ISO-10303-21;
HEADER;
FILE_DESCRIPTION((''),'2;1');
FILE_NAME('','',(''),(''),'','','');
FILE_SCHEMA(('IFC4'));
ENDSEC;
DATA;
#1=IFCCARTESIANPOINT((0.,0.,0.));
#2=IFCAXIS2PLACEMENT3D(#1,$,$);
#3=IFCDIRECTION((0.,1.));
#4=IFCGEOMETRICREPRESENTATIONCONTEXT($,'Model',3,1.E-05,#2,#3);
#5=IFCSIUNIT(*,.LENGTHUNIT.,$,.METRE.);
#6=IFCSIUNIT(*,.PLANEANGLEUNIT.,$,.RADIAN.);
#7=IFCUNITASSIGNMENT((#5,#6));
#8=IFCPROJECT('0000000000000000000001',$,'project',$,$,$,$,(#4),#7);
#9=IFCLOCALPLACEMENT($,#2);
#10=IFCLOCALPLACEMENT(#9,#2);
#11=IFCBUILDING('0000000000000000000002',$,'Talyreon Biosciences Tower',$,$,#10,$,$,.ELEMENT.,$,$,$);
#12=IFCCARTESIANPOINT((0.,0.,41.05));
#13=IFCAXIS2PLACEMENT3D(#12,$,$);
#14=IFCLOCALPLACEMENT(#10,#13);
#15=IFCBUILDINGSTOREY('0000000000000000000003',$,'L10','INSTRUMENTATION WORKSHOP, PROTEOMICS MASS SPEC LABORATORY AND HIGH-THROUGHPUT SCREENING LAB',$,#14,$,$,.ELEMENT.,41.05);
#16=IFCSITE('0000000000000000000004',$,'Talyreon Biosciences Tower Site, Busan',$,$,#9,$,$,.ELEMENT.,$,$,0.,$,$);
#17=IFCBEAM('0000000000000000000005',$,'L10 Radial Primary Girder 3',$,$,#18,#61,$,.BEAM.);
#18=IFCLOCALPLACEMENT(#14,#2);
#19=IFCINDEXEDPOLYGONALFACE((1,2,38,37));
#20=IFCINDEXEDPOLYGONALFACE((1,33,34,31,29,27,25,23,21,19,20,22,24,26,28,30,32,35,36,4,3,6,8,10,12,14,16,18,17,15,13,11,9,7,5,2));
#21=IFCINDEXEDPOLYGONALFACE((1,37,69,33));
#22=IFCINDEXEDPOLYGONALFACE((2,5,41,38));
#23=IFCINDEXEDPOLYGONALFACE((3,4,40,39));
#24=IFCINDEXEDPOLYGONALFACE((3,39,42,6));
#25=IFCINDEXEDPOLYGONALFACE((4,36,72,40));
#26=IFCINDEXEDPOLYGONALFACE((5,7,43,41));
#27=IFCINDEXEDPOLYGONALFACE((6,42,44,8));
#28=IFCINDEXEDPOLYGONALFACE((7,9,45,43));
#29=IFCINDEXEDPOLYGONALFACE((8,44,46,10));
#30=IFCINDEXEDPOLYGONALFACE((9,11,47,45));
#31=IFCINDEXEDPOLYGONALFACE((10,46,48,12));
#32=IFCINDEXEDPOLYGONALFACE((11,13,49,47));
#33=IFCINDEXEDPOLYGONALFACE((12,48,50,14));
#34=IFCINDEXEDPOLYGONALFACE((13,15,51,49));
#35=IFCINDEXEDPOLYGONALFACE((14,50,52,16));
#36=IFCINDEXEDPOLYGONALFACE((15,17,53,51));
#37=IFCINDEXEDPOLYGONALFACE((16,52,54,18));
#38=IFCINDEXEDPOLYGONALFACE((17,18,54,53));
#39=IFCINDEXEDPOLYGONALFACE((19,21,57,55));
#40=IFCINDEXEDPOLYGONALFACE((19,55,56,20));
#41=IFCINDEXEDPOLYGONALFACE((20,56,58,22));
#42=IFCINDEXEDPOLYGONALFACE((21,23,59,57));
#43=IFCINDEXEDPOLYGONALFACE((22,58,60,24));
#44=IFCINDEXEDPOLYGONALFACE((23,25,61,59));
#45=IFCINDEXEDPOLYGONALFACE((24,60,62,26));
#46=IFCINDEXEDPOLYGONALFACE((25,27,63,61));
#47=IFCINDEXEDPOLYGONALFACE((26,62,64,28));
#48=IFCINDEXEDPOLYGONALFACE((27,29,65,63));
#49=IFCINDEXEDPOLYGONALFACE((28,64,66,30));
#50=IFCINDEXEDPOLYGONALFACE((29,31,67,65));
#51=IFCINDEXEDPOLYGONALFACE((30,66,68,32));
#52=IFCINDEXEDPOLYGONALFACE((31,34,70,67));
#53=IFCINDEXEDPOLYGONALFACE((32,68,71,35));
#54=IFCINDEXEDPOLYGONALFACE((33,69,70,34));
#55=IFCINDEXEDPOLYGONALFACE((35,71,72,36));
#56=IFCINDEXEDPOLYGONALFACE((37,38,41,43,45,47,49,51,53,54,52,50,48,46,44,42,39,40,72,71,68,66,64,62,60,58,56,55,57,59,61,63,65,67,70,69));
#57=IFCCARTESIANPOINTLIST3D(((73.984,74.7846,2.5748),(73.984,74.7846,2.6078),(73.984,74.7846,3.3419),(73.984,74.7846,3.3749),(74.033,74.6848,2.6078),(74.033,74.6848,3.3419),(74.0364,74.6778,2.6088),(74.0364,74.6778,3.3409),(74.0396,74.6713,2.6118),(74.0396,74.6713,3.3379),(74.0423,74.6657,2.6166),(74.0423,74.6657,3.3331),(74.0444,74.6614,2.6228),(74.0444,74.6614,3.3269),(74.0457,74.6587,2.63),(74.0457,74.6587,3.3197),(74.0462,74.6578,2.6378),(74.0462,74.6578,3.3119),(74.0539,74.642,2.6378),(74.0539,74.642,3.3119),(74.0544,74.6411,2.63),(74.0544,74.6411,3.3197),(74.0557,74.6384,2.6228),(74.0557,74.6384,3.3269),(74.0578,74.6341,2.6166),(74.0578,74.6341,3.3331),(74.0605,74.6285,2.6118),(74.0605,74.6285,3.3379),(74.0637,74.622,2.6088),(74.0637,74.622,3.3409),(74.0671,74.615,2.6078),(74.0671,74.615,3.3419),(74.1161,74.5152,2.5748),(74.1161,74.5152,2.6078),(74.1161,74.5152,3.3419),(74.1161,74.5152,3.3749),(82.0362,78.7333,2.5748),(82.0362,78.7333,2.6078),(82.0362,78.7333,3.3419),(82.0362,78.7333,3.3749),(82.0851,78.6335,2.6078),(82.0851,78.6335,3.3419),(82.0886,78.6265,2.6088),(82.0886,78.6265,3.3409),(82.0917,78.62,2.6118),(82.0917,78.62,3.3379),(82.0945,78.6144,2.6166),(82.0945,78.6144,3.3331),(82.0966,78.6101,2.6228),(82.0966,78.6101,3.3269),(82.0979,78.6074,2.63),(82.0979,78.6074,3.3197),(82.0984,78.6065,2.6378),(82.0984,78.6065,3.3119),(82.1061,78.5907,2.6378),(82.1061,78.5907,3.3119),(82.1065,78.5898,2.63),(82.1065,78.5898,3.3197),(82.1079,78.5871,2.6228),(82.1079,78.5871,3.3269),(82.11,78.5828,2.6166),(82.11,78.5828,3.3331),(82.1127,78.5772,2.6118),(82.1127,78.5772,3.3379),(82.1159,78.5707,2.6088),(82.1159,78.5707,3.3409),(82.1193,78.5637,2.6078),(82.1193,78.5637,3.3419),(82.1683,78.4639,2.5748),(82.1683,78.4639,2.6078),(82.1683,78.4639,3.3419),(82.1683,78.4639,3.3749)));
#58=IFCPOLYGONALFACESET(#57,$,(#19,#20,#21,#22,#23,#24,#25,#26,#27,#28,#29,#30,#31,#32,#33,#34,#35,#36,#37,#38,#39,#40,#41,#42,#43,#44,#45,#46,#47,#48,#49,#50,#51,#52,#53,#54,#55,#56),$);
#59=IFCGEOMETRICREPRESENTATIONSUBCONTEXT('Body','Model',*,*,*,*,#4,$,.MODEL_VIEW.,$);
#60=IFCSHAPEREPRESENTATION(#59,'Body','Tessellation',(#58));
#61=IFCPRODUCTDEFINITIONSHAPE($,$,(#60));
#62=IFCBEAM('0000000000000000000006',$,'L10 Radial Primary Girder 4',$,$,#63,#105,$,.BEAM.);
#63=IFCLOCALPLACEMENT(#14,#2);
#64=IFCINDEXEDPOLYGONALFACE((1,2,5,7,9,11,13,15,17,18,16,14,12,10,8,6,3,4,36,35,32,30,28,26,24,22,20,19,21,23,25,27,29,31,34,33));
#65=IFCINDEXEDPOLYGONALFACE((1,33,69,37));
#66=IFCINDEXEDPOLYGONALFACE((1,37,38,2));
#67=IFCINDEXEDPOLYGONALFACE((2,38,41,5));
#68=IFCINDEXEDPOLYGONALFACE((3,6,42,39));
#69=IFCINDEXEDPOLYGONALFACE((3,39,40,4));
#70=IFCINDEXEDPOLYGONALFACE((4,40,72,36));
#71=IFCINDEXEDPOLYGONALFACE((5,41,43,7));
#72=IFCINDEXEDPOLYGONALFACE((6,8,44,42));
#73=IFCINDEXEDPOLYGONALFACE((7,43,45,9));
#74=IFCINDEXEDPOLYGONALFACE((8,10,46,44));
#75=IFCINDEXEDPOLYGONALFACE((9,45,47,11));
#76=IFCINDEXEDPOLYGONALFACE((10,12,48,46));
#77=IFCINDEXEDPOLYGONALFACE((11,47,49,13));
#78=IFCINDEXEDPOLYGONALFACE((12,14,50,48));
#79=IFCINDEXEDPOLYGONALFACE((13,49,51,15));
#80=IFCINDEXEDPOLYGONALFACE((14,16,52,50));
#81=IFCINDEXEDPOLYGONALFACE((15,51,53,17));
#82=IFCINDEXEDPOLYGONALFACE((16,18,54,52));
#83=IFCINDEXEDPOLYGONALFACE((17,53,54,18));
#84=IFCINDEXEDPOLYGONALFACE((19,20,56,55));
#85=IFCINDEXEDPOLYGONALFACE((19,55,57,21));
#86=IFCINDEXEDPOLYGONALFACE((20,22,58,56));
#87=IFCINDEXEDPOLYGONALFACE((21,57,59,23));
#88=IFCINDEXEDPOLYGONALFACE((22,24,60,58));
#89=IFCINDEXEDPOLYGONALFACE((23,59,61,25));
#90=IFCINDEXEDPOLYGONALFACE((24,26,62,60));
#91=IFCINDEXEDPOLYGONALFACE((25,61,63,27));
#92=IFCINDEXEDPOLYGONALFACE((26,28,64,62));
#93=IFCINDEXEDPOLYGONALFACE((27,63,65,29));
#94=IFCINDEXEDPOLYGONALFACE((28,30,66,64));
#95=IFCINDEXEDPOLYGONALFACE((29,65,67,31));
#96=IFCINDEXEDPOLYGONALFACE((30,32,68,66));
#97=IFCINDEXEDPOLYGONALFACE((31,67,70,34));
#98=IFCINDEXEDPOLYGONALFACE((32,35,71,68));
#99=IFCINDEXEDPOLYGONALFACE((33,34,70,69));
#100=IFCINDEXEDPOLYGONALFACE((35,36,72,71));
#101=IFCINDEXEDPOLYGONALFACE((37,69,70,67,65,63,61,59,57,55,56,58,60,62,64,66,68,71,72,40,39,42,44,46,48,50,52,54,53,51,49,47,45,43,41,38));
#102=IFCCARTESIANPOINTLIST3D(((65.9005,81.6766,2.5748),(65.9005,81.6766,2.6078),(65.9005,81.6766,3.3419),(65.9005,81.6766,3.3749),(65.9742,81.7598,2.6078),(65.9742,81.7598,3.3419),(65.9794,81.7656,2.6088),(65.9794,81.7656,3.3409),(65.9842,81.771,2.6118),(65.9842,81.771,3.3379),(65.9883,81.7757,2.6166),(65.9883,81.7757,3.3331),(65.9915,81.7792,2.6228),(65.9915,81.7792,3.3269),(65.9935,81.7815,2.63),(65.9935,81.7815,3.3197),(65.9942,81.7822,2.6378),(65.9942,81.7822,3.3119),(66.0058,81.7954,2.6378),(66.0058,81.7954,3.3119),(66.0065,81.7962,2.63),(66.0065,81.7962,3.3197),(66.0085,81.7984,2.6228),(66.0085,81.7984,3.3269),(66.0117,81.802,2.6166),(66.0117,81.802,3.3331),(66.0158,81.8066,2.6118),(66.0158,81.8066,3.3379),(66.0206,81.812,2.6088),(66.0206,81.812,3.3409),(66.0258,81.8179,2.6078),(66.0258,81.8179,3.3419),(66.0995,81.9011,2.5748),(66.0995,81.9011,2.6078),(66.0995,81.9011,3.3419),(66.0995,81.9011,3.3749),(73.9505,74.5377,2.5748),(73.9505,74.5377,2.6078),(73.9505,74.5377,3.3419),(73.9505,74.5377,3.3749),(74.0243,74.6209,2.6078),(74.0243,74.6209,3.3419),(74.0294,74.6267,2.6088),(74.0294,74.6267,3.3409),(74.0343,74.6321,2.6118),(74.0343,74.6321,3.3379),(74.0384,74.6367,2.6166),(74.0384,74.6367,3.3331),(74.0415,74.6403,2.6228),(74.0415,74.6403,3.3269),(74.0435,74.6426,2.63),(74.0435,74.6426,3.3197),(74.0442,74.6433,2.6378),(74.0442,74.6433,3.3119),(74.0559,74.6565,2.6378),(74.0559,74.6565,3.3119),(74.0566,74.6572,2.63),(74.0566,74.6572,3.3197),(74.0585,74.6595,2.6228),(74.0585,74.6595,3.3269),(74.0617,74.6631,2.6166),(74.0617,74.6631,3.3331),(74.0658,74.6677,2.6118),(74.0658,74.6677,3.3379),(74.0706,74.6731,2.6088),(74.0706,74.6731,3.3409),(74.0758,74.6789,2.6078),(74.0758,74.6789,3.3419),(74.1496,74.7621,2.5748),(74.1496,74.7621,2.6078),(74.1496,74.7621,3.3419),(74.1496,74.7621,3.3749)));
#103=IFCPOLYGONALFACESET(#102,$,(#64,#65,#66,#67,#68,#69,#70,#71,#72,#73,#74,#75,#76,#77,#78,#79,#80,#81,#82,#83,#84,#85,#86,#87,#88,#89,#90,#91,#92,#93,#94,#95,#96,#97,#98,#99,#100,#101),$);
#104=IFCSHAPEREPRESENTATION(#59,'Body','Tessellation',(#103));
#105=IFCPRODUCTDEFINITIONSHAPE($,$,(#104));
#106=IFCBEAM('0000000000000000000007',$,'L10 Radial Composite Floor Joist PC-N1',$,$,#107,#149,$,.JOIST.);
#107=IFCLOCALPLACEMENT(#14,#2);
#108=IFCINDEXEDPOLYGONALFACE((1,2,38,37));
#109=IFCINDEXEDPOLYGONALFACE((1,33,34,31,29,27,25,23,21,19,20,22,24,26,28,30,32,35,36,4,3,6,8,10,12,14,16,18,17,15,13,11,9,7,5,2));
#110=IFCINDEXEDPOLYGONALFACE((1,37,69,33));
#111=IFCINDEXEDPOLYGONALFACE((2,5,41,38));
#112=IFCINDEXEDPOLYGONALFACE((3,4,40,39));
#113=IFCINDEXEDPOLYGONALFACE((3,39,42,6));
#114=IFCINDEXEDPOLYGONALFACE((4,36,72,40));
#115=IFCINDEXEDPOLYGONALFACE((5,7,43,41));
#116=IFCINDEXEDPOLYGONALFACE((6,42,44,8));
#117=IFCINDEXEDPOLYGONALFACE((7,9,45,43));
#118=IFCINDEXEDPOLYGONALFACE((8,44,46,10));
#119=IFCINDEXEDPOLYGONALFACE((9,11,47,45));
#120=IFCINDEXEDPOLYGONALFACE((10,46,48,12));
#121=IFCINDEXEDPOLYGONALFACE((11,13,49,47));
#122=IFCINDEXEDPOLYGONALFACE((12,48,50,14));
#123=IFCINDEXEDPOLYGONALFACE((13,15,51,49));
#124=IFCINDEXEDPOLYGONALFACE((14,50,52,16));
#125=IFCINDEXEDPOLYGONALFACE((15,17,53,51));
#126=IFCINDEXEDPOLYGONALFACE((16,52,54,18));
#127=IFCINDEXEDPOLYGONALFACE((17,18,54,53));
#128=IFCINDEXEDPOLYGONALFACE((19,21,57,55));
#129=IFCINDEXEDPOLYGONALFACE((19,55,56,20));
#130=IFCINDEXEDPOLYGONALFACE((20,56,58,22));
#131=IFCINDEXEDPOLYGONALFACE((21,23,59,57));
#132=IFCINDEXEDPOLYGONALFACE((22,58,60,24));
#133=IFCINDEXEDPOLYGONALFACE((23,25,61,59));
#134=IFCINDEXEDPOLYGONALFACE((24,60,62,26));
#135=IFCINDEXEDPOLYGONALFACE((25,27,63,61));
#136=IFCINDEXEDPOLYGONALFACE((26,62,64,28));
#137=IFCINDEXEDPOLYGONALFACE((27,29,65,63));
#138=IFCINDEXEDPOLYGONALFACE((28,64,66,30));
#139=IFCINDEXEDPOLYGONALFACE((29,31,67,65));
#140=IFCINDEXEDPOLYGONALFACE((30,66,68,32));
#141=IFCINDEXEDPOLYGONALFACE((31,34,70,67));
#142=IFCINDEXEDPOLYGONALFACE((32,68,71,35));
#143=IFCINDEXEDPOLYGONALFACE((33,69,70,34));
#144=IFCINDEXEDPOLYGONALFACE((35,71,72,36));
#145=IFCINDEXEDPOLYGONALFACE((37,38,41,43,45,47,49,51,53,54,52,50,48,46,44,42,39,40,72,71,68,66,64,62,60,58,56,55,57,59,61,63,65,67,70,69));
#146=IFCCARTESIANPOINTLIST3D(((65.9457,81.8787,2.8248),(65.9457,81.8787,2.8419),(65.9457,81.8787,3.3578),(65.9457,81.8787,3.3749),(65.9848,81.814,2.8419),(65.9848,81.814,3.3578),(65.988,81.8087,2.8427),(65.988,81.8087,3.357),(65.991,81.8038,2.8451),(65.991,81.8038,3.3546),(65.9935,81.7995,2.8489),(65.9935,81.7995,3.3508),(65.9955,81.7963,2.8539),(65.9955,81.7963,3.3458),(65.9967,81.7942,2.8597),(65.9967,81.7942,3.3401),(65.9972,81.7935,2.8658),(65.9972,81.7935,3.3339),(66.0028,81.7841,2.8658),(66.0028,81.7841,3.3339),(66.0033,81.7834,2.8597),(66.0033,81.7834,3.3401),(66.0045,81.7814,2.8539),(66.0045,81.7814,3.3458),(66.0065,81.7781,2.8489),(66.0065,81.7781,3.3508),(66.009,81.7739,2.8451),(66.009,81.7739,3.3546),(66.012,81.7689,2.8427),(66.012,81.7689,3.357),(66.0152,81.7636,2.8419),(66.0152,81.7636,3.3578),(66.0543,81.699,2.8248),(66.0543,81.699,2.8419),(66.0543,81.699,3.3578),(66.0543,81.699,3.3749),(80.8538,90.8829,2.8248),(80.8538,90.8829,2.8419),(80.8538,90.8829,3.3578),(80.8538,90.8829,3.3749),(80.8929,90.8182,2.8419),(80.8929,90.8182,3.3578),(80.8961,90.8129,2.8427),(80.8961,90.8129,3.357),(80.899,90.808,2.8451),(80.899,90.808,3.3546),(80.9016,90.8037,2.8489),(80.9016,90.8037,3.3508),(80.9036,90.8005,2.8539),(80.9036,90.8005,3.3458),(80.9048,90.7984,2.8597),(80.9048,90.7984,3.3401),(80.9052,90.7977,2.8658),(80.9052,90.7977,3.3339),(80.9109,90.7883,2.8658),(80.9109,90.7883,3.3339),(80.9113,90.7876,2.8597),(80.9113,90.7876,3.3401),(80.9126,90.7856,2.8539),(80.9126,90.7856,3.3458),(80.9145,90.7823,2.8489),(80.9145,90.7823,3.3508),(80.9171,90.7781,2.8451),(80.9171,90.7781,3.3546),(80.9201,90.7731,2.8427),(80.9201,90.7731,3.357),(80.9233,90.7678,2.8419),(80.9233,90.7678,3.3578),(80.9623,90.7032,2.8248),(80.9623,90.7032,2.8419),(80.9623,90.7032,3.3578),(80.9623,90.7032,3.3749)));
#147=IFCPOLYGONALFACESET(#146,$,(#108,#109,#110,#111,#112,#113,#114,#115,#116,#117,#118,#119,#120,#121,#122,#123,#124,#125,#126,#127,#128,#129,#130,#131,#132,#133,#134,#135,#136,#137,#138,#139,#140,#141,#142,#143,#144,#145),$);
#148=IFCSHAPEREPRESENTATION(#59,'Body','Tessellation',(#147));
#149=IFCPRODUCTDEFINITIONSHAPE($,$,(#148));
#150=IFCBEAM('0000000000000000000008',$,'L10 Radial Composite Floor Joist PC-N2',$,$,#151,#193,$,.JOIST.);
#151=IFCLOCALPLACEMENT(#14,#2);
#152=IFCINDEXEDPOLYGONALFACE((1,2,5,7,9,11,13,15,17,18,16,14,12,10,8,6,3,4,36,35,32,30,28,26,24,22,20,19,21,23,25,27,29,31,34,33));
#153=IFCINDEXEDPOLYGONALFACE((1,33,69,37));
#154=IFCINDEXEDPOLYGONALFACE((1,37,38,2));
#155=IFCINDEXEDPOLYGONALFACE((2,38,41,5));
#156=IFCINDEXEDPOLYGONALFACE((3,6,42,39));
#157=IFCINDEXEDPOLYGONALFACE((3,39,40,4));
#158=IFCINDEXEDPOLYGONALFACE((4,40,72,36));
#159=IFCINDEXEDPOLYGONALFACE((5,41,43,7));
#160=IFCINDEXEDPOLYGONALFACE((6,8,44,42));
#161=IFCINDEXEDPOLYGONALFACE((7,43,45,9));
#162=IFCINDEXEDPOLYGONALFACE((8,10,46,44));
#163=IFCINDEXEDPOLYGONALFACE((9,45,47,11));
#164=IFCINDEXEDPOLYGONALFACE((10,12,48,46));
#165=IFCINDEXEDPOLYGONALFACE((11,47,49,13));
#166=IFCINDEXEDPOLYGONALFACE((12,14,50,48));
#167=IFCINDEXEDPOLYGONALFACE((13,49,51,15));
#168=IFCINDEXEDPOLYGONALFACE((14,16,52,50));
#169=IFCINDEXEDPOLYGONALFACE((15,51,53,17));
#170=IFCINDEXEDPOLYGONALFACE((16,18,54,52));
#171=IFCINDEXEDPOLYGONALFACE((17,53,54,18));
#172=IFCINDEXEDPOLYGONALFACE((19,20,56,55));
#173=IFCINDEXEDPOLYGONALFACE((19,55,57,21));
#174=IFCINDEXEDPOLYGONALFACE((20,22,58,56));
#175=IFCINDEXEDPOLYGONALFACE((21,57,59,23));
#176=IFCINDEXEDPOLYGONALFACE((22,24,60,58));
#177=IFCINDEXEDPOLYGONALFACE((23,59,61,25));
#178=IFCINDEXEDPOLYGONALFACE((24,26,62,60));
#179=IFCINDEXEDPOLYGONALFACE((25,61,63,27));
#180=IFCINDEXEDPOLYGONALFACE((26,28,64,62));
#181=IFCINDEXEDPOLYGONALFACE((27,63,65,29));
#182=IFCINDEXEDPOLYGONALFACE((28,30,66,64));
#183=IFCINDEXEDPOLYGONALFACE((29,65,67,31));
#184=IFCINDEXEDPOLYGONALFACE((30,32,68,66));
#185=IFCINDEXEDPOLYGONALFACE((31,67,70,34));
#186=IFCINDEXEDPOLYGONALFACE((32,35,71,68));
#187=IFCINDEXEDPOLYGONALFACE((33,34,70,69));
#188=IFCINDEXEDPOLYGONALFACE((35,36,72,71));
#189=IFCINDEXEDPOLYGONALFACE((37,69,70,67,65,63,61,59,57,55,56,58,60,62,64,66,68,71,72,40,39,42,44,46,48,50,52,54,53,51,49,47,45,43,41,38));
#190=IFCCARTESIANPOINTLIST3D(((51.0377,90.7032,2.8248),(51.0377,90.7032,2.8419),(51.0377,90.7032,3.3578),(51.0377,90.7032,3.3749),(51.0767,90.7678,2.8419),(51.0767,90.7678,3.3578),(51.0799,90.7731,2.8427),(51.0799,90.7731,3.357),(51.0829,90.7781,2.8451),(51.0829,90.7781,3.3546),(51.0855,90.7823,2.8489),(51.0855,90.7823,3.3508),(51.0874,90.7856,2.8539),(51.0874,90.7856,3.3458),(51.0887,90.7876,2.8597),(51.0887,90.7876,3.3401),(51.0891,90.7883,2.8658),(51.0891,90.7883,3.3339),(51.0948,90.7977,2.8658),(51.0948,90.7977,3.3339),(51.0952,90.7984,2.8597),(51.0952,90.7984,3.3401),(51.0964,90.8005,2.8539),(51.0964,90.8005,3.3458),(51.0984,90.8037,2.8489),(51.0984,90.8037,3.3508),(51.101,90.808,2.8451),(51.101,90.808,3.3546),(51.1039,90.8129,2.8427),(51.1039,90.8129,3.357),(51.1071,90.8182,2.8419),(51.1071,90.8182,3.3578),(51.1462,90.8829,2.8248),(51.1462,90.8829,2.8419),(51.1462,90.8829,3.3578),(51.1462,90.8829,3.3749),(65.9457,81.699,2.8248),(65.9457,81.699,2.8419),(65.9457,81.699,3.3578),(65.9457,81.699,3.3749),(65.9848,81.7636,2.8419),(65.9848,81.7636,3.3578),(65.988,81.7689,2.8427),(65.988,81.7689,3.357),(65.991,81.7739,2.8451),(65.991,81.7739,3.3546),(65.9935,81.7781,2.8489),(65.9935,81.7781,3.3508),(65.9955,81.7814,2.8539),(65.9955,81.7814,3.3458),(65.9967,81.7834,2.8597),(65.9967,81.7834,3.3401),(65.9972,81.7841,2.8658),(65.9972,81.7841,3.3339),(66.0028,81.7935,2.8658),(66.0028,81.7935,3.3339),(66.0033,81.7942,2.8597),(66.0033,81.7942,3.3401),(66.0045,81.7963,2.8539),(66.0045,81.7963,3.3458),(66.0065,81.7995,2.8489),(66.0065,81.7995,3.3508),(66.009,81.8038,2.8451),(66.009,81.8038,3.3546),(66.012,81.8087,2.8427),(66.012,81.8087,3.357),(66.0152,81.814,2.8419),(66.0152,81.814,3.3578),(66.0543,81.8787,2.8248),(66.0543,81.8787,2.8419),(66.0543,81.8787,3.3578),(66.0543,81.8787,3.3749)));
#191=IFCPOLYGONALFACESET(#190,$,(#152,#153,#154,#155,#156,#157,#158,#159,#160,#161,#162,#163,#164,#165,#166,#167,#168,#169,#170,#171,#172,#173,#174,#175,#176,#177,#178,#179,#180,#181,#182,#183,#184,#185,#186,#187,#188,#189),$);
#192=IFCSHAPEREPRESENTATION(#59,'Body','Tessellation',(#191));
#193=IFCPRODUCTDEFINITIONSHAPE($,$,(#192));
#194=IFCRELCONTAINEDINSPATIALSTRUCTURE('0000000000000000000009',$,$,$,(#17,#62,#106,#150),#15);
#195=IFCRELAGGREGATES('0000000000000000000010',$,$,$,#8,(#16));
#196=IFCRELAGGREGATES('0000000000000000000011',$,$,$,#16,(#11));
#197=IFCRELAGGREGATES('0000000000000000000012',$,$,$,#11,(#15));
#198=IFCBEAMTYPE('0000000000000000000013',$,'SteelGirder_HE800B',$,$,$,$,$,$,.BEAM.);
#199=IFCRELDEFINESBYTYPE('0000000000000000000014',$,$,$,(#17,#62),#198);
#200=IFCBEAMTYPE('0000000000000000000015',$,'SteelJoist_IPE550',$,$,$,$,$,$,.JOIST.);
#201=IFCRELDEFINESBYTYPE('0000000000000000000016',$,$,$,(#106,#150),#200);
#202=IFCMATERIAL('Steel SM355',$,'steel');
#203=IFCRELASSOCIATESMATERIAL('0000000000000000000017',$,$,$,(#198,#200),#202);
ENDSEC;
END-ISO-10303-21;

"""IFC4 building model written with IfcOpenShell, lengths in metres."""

from ifc_helpers import new_model, si_unit, direction, frame, origin, origin_2d, place, context, subcontext, project, spatial, i_section, extrude, material, material_profile, profile_set, type_object, element, save


model = new_model("IFC4")

# Units and contexts
model_context = context("Model", 3, precision=1e-05, world=origin(), true_north=direction((0.0, 1.0)))
body_context = subcontext(model_context, "Body", "Model", "MODEL_VIEW")
ifc_project = project(units=[si_unit("LENGTHUNIT", "METRE"), si_unit("PLANEANGLEUNIT", "RADIAN")], contexts=[model_context])

# Site, building, storey
site_placement = place(None, origin())
site = spatial("IfcSite", under=ifc_project, at=site_placement, Name="Talyreon Biosciences Tower Site, Busan", CompositionType="ELEMENT", RefElevation=0.0)
building_placement = place(site_placement, origin())
building = spatial("IfcBuilding", under=site, at=building_placement, Name="Talyreon Biosciences Tower", CompositionType="ELEMENT")
storey_placement = place(building_placement, frame((0.0, 0.0, 41.05)))
storey = spatial("IfcBuildingStorey", under=building, at=storey_placement, Name="L10", Description="INSTRUMENTATION WORKSHOP, PROTEOMICS MASS SPEC LABORATORY AND HIGH-THROUGHPUT SCREENING LAB", CompositionType="ELEMENT", Elevation=41.05)

# Beams
ifc_material_1 = material(Name="Steel SM355", Category="steel")
ifc_material_profile_1 = material_profile(ifc_material_1, i_section(OverallWidth=0.3, OverallDepth=0.8, WebThickness=0.0176, FlangeThickness=0.033, FilletRadius=0.03, at=origin_2d()), Name="HE800B")
ifc_profile_set_1 = profile_set([ifc_material_profile_1], Name="Steel SM355")
beam_type_1 = type_object("IfcBeamType", Name="SteelGirder_HE800B", PredefinedType="BEAM", material=ifc_profile_set_1)
beam_1_placement = place(storey_placement, frame((74.05, 74.6499, 2.9749), z_axis=(0.897852, 0.440297, 0.0), x_axis=(-0.440297, 0.897852, 0.0)))
element("IfcBeam", 1, at=beam_1_placement, inside=storey, type_object=beam_type_1, Name="L10 Radial Primary Girder 3", PredefinedType="BEAM", context=body_context, shape_type="SweptSolid", body=[
    extrude(i_section(OverallWidth=0.3, OverallDepth=0.8, WebThickness=0.0176, FlangeThickness=0.033, FilletRadius=0.03, at=origin_2d()), origin(), (0.0, 0.0, 1.0), 8.9683),
])
beam_2_placement = place(storey_placement, frame((74.05, 74.6499, 2.9749), z_axis=(-0.748179, 0.663497, 0.0), x_axis=(-0.663497, -0.748179, 0.0)))
element("IfcBeam", 2, at=beam_2_placement, inside=storey, type_object=beam_type_1, Name="L10 Radial Primary Girder 4", PredefinedType="BEAM", context=body_context, shape_type="SweptSolid", body=[
    extrude(i_section(OverallWidth=0.3, OverallDepth=0.8, WebThickness=0.0176, FlangeThickness=0.033, FilletRadius=0.03, at=origin_2d()), origin(), (0.0, 0.0, 1.0), 10.7595),
])
ifc_material_profile_2 = material_profile(ifc_material_1, i_section(OverallWidth=0.21, OverallDepth=0.55, WebThickness=0.011, FlangeThickness=0.0171, FilletRadius=0.0239, at=origin_2d()), Name="IPE550")
ifc_profile_set_2 = profile_set([ifc_material_profile_2], Name="Steel SM355")
beam_type_2 = type_object("IfcBeamType", Name="SteelJoist_IPE550", PredefinedType="JOIST", material=ifc_profile_set_2)
for number, where, z_axis, x_axis, name in (
    (3, (66.0, 81.7888, 3.0999), (0.855985, 0.517, 0.0), (-0.517, 0.855985, 0.0), "L10 Radial Composite Floor Joist PC-N1"),
    (4, (66.0, 81.7888, 3.0999), (-0.855985, 0.517, 0.0), (-0.517, -0.855985, 0.0), "L10 Radial Composite Floor Joist PC-N2"),
):
    element("IfcBeam", number, at=place(storey_placement, frame(where, z_axis=z_axis, x_axis=x_axis)), inside=storey, type_object=beam_type_2, Name=name, PredefinedType="JOIST", context=body_context, shape_type="SweptSolid", body=[
        extrude(i_section(OverallWidth=0.21, OverallDepth=0.55, WebThickness=0.011, FlangeThickness=0.0171, FilletRadius=0.0239, at=origin_2d()), origin(), (0.0, 0.0, 1.0), 17.4163),
    ])

save(model, "model.ifc")
